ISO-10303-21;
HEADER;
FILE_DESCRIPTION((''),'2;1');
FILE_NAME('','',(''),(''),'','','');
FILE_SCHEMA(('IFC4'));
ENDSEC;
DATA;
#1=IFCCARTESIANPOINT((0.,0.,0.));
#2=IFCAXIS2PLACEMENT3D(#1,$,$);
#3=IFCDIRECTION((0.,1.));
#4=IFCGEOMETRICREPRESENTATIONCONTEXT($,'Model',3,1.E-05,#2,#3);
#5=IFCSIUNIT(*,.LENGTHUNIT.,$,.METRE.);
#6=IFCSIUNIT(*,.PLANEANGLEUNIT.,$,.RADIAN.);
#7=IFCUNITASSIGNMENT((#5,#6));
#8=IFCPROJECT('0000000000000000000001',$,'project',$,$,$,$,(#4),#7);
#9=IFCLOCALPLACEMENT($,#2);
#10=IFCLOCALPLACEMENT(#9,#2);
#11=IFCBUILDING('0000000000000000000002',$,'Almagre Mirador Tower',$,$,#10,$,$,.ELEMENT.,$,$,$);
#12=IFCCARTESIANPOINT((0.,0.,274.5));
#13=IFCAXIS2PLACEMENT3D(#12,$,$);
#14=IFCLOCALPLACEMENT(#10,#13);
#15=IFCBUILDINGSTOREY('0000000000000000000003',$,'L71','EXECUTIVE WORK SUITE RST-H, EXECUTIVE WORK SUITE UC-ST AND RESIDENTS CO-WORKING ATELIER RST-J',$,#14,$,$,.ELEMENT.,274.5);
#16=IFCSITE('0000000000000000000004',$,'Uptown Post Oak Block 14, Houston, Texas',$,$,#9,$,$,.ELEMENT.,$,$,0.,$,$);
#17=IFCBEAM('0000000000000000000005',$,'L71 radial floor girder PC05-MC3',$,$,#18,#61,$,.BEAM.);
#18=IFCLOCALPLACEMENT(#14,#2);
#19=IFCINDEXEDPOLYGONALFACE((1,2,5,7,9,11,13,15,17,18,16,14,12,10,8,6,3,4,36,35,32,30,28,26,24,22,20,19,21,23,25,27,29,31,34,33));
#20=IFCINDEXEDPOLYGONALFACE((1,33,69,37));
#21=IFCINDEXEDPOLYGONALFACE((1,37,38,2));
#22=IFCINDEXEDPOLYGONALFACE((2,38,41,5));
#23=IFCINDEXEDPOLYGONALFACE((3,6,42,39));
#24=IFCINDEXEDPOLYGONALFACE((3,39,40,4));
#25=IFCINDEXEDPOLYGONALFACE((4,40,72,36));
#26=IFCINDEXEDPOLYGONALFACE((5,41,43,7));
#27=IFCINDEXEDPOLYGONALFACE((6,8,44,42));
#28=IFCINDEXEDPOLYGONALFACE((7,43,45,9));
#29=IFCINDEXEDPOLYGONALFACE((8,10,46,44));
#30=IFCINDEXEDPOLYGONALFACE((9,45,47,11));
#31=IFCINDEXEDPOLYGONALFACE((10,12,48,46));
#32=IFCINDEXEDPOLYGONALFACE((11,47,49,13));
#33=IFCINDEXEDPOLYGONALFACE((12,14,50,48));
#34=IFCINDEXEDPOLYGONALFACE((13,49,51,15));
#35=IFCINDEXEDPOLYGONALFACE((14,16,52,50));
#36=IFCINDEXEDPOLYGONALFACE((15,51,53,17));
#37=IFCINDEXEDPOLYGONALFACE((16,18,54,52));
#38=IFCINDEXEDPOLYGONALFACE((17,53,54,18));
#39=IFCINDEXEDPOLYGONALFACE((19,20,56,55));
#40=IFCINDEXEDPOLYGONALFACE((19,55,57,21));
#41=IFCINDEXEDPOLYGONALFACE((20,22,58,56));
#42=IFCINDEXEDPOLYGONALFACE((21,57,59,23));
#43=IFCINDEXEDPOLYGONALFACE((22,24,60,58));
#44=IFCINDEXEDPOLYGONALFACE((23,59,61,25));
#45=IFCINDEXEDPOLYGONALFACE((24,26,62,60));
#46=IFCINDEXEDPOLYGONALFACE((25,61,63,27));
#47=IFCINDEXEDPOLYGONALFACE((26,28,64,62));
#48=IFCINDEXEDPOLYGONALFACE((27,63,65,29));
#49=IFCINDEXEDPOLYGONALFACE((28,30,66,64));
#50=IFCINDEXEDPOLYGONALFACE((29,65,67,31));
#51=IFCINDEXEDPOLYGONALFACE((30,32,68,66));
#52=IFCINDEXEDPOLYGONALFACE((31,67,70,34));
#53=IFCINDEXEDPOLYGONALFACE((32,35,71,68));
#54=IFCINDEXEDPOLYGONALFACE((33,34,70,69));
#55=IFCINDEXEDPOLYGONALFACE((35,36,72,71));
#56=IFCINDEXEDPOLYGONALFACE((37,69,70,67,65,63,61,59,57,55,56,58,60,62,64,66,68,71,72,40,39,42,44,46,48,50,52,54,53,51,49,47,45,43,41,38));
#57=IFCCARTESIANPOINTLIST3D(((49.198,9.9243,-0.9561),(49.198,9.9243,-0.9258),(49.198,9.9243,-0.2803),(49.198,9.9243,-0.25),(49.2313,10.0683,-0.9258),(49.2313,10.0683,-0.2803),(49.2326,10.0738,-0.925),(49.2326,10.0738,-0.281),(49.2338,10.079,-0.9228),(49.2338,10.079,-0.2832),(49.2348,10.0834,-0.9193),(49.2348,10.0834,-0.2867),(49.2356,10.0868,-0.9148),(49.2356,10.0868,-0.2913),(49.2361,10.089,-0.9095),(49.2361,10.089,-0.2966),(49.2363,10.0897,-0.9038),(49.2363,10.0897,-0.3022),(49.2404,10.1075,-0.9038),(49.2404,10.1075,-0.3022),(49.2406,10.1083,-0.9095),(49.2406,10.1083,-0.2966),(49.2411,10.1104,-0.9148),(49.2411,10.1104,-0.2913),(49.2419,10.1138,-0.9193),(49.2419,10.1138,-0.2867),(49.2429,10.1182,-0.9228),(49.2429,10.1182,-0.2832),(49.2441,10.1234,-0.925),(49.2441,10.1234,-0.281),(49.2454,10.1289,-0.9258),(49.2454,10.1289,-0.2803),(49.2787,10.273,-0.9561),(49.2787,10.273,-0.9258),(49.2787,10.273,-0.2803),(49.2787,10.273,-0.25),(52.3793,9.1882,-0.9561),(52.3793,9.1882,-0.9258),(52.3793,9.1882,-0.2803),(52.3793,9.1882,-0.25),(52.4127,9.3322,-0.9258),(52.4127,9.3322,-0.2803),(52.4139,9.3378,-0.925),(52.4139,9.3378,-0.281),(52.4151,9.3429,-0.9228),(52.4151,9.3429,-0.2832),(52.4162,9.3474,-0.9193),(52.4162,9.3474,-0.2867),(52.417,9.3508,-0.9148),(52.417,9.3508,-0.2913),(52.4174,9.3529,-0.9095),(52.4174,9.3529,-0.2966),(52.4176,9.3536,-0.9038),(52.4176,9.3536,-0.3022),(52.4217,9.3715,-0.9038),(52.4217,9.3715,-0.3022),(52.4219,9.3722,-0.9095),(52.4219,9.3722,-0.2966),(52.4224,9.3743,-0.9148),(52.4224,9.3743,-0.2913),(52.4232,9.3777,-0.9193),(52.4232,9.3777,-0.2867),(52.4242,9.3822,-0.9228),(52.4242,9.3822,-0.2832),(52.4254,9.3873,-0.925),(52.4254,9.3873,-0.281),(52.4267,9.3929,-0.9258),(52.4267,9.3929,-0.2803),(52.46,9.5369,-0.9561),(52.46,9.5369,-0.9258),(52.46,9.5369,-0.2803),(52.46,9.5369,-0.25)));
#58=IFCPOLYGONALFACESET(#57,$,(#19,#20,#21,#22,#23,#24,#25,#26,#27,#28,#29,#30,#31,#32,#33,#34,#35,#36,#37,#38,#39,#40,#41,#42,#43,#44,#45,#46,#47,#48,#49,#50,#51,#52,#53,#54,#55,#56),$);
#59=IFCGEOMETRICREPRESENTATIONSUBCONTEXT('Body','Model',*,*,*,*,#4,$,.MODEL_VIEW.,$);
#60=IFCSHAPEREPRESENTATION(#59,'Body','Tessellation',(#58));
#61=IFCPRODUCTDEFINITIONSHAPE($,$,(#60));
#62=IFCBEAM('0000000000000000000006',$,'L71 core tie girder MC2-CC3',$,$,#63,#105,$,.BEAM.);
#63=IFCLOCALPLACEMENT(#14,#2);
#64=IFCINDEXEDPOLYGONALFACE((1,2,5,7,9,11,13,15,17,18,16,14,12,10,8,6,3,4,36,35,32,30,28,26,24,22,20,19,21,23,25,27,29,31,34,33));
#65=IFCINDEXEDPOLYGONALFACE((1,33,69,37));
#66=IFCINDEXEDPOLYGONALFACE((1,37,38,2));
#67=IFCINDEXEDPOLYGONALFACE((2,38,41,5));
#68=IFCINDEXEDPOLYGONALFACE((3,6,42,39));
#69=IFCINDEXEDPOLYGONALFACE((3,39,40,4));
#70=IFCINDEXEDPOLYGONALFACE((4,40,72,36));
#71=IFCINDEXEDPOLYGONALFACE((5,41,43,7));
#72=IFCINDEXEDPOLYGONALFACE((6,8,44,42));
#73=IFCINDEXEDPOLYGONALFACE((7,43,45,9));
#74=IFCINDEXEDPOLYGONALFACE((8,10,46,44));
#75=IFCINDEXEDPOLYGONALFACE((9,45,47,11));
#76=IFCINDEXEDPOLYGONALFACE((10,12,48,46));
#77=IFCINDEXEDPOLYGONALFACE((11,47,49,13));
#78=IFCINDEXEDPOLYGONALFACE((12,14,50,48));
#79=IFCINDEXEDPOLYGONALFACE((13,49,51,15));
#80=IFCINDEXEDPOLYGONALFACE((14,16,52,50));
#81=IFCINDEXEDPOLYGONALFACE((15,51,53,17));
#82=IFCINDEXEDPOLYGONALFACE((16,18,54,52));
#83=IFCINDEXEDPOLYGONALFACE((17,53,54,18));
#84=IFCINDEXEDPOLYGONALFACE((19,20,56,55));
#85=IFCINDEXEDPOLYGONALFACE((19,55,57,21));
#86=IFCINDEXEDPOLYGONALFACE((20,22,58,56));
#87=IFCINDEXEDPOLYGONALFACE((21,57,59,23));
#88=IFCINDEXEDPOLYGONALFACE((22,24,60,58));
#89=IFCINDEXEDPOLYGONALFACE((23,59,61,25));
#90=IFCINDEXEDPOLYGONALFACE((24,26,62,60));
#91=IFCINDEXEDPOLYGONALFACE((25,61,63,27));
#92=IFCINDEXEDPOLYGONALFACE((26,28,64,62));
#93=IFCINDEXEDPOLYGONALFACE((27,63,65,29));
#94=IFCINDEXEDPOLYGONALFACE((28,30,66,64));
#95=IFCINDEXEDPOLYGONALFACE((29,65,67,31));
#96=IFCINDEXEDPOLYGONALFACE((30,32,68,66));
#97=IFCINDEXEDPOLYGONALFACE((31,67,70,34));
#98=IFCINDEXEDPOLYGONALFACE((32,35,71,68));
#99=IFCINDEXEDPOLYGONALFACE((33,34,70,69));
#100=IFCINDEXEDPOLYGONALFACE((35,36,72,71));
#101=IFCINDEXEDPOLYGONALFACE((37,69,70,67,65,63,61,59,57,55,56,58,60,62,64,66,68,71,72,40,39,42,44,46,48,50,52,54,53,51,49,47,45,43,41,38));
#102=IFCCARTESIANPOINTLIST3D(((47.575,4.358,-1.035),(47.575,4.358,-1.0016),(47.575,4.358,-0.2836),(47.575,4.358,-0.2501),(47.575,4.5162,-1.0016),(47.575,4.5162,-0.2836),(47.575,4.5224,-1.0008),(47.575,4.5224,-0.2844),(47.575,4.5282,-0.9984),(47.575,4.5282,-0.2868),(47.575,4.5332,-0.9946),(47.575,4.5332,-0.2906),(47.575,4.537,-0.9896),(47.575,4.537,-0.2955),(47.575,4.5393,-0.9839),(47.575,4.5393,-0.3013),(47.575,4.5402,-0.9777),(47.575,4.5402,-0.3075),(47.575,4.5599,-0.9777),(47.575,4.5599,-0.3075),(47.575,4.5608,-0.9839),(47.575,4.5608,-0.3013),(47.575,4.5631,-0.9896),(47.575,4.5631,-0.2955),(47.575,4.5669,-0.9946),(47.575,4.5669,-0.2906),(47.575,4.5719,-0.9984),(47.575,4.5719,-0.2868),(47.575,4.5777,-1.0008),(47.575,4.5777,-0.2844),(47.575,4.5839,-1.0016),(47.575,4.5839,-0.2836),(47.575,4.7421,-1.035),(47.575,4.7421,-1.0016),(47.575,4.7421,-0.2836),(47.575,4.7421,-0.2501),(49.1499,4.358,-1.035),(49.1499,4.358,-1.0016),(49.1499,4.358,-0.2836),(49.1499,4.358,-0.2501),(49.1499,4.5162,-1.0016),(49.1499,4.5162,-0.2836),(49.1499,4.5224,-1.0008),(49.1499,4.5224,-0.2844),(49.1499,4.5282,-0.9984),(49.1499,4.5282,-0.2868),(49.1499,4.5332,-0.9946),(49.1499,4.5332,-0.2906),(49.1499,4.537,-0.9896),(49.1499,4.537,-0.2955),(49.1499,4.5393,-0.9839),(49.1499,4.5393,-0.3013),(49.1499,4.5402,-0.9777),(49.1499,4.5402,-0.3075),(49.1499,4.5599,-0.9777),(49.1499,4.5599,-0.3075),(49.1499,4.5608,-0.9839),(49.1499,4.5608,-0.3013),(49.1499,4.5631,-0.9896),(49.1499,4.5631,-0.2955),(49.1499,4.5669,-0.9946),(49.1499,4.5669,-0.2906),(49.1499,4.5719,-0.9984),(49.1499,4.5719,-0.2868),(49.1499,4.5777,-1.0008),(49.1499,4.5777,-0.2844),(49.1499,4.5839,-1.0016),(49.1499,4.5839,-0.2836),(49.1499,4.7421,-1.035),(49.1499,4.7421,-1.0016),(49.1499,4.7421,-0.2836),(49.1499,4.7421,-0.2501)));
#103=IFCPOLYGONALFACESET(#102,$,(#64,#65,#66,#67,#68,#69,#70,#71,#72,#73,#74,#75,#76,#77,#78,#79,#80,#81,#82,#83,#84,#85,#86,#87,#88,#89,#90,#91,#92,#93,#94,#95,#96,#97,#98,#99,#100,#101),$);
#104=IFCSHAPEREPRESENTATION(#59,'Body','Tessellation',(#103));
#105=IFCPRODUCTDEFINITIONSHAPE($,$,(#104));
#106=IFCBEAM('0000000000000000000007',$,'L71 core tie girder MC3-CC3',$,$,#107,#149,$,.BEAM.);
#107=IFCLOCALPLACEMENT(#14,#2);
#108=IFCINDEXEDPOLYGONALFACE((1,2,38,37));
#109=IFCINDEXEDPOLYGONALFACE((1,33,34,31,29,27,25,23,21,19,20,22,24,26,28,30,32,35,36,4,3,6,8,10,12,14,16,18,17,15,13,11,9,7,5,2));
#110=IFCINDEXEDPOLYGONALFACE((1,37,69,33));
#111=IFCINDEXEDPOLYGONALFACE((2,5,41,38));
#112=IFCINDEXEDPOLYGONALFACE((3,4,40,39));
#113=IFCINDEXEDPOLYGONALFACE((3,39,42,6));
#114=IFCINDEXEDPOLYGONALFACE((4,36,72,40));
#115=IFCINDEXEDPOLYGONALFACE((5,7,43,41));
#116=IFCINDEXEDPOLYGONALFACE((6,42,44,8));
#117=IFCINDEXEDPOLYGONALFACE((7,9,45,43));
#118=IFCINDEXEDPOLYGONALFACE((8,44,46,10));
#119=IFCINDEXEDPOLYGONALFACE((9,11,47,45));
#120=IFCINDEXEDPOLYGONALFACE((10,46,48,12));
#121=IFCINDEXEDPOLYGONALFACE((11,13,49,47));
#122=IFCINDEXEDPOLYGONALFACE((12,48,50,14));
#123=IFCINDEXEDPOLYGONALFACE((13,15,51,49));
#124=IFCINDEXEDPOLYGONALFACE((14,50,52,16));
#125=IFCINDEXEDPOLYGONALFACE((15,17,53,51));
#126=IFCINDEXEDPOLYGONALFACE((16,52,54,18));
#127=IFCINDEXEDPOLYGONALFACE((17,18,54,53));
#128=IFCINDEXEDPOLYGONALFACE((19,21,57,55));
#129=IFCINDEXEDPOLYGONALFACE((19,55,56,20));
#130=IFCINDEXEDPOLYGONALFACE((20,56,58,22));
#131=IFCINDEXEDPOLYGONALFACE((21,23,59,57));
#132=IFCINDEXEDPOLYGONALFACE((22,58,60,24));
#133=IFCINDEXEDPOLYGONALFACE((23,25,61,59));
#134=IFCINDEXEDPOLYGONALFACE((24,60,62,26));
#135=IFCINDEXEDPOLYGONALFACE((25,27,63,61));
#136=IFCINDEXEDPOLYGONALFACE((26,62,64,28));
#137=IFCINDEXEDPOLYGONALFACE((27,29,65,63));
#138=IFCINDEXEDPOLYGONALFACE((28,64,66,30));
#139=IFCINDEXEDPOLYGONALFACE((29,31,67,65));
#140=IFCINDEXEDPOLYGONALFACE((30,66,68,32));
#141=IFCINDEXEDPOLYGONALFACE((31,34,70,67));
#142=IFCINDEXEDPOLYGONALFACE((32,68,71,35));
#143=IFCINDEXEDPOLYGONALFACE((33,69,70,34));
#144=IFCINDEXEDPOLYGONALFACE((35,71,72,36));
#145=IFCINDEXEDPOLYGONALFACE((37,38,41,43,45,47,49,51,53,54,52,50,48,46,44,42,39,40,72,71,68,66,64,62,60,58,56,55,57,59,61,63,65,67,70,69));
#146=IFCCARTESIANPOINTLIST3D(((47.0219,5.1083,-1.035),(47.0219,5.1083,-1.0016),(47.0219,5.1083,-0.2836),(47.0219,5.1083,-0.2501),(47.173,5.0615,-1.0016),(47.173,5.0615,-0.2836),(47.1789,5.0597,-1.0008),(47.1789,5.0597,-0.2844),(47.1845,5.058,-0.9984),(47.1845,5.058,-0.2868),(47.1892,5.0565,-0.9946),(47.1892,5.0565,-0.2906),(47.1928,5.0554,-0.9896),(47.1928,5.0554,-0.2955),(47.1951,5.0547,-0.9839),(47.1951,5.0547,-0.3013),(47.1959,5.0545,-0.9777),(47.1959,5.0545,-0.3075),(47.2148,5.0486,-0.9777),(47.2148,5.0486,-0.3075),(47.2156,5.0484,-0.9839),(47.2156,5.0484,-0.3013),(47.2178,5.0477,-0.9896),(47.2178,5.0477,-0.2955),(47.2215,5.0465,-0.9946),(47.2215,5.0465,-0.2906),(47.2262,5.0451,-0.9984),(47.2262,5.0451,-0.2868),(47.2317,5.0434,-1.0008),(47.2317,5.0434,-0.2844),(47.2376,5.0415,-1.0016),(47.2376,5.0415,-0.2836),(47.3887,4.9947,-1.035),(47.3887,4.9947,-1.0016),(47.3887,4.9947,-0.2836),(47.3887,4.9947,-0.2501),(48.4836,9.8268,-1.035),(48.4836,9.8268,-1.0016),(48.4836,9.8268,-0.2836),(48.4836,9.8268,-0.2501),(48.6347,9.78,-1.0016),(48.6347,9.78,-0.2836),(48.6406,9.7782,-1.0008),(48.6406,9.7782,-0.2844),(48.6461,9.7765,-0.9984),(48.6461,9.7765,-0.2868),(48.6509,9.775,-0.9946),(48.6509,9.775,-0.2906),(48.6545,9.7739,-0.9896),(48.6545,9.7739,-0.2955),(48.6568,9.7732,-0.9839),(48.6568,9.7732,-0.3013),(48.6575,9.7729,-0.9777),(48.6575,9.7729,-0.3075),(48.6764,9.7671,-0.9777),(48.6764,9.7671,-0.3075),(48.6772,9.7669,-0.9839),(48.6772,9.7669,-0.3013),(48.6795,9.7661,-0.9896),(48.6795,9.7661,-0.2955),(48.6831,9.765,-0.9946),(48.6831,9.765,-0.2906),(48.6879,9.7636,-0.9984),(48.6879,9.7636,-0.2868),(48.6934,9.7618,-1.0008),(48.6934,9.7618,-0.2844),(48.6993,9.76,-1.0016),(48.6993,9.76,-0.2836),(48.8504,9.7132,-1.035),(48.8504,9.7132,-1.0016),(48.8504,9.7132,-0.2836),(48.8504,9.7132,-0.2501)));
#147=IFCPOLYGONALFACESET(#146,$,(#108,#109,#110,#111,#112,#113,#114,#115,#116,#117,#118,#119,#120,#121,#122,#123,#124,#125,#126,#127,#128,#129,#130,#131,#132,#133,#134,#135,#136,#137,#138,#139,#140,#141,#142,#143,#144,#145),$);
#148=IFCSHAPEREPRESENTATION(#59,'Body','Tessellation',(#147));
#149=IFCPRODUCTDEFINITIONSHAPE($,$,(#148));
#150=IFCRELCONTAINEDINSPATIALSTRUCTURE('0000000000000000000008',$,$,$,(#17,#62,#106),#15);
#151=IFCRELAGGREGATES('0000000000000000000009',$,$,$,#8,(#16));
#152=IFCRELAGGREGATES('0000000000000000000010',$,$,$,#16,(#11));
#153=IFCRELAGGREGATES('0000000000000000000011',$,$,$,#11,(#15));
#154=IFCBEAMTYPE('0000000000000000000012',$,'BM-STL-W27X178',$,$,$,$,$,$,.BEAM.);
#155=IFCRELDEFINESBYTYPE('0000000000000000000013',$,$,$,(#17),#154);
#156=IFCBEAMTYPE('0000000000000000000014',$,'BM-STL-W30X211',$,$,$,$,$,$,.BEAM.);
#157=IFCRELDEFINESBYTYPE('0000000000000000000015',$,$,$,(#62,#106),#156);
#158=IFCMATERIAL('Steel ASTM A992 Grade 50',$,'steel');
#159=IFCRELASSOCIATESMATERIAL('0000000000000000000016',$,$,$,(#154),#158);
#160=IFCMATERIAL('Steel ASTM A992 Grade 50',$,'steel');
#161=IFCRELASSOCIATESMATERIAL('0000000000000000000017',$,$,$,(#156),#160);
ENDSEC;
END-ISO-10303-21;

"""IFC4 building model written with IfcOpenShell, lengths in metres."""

from ifc_helpers import new_model, si_unit, direction, frame, origin, origin_2d, place, context, subcontext, project, spatial, i_section, extrude, material, material_profile, profile_set, type_object, element, save


model = new_model("IFC4")

# Units and contexts
model_context = context("Model", 3, precision=1e-05, world=origin(), true_north=direction((0.0, 1.0)))
body_context = subcontext(model_context, "Body", "Model", "MODEL_VIEW")
ifc_project = project(units=[si_unit("LENGTHUNIT", "METRE"), si_unit("PLANEANGLEUNIT", "RADIAN")], contexts=[model_context])

# Site, building, storey
site_placement = place(None, origin())
site = spatial("IfcSite", under=ifc_project, at=site_placement, Name="Uptown Post Oak Block 14, Houston, Texas", CompositionType="ELEMENT", RefElevation=0.0)
building_placement = place(site_placement, origin())
building = spatial("IfcBuilding", under=site, at=building_placement, Name="Almagre Mirador Tower", CompositionType="ELEMENT")
storey_placement = place(building_placement, frame((0.0, 0.0, 274.5)))
storey = spatial("IfcBuildingStorey", under=building, at=storey_placement, Name="L71", Description="EXECUTIVE WORK SUITE RST-H, EXECUTIVE WORK SUITE UC-ST AND RESIDENTS CO-WORKING ATELIER RST-J", CompositionType="ELEMENT", Elevation=274.5)

# Beams
ifc_material_1 = material(Name="Steel ASTM A992 Grade 50", Category="steel")
ifc_material_profile_1 = material_profile(ifc_material_1, i_section(OverallWidth=0.3579, OverallDepth=0.7061, WebThickness=0.0183, FlangeThickness=0.0303, FilletRadius=0.022, at=origin_2d()), Name="W27X178")
ifc_profile_set_1 = profile_set([ifc_material_profile_1], Name="Steel ASTM A992 Grade 50")
beam_type_1 = type_object("IfcBeamType", Name="BM-STL-W27X178", PredefinedType="BEAM", material=ifc_profile_set_1)
beam_1_placement = place(storey_placement, frame((52.4197, 9.3625, -0.603), z_axis=(-0.974263, 0.225416, 0.0), x_axis=(-0.225416, -0.974263, 0.0)))
element("IfcBeam", 1, at=beam_1_placement, inside=storey, type_object=beam_type_1, Name="L71 radial floor girder PC05-MC3", PredefinedType="BEAM", context=body_context, shape_type="SweptSolid", body=[
    extrude(i_section(OverallWidth=0.3579, OverallDepth=0.7061, WebThickness=0.0183, FlangeThickness=0.0303, FilletRadius=0.022, at=origin_2d()), origin(), (0.0, 0.0, 1.0), 3.2654),
])
ifc_material_2 = material(Name="Steel ASTM A992 Grade 50", Category="steel")
ifc_material_profile_2 = material_profile(ifc_material_2, i_section(OverallWidth=0.384, OverallDepth=0.7849, WebThickness=0.0198, FlangeThickness=0.0334, FilletRadius=0.0239, at=origin_2d()), Name="W30X211")
ifc_profile_set_2 = profile_set([ifc_material_profile_2], Name="Steel ASTM A992 Grade 50")
beam_type_2 = type_object("IfcBeamType", Name="BM-STL-W30X211", PredefinedType="BEAM", material=ifc_profile_set_2)
beam_2_placement = place(storey_placement, frame((49.1499, 4.55, -0.6426), z_axis=(-1.0, 0.0, 0.0), x_axis=(0.0, -1.0, 0.0)))
element("IfcBeam", 2, at=beam_2_placement, inside=storey, type_object=beam_type_2, Name="L71 core tie girder MC2-CC3", PredefinedType="BEAM", context=body_context, shape_type="SweptSolid", body=[
    extrude(i_section(OverallWidth=0.384, OverallDepth=0.7849, WebThickness=0.0198, FlangeThickness=0.0334, FilletRadius=0.0239, at=origin_2d()), origin(), (0.0, 0.0, 1.0), 1.575),
])
beam_3_placement = place(storey_placement, frame((48.667, 9.77, -0.6426), z_axis=(-0.295902, -0.955218, 0.0), x_axis=(0.955218, -0.295902, 0.0)))
element("IfcBeam", 3, at=beam_3_placement, inside=storey, type_object=beam_type_2, Name="L71 core tie girder MC3-CC3", PredefinedType="BEAM", context=body_context, shape_type="SweptSolid", body=[
    extrude(i_section(OverallWidth=0.384, OverallDepth=0.7849, WebThickness=0.0198, FlangeThickness=0.0334, FilletRadius=0.0239, at=origin_2d()), origin(), (0.0, 0.0, 1.0), 4.9397),
])

save(model, "model.ifc")
